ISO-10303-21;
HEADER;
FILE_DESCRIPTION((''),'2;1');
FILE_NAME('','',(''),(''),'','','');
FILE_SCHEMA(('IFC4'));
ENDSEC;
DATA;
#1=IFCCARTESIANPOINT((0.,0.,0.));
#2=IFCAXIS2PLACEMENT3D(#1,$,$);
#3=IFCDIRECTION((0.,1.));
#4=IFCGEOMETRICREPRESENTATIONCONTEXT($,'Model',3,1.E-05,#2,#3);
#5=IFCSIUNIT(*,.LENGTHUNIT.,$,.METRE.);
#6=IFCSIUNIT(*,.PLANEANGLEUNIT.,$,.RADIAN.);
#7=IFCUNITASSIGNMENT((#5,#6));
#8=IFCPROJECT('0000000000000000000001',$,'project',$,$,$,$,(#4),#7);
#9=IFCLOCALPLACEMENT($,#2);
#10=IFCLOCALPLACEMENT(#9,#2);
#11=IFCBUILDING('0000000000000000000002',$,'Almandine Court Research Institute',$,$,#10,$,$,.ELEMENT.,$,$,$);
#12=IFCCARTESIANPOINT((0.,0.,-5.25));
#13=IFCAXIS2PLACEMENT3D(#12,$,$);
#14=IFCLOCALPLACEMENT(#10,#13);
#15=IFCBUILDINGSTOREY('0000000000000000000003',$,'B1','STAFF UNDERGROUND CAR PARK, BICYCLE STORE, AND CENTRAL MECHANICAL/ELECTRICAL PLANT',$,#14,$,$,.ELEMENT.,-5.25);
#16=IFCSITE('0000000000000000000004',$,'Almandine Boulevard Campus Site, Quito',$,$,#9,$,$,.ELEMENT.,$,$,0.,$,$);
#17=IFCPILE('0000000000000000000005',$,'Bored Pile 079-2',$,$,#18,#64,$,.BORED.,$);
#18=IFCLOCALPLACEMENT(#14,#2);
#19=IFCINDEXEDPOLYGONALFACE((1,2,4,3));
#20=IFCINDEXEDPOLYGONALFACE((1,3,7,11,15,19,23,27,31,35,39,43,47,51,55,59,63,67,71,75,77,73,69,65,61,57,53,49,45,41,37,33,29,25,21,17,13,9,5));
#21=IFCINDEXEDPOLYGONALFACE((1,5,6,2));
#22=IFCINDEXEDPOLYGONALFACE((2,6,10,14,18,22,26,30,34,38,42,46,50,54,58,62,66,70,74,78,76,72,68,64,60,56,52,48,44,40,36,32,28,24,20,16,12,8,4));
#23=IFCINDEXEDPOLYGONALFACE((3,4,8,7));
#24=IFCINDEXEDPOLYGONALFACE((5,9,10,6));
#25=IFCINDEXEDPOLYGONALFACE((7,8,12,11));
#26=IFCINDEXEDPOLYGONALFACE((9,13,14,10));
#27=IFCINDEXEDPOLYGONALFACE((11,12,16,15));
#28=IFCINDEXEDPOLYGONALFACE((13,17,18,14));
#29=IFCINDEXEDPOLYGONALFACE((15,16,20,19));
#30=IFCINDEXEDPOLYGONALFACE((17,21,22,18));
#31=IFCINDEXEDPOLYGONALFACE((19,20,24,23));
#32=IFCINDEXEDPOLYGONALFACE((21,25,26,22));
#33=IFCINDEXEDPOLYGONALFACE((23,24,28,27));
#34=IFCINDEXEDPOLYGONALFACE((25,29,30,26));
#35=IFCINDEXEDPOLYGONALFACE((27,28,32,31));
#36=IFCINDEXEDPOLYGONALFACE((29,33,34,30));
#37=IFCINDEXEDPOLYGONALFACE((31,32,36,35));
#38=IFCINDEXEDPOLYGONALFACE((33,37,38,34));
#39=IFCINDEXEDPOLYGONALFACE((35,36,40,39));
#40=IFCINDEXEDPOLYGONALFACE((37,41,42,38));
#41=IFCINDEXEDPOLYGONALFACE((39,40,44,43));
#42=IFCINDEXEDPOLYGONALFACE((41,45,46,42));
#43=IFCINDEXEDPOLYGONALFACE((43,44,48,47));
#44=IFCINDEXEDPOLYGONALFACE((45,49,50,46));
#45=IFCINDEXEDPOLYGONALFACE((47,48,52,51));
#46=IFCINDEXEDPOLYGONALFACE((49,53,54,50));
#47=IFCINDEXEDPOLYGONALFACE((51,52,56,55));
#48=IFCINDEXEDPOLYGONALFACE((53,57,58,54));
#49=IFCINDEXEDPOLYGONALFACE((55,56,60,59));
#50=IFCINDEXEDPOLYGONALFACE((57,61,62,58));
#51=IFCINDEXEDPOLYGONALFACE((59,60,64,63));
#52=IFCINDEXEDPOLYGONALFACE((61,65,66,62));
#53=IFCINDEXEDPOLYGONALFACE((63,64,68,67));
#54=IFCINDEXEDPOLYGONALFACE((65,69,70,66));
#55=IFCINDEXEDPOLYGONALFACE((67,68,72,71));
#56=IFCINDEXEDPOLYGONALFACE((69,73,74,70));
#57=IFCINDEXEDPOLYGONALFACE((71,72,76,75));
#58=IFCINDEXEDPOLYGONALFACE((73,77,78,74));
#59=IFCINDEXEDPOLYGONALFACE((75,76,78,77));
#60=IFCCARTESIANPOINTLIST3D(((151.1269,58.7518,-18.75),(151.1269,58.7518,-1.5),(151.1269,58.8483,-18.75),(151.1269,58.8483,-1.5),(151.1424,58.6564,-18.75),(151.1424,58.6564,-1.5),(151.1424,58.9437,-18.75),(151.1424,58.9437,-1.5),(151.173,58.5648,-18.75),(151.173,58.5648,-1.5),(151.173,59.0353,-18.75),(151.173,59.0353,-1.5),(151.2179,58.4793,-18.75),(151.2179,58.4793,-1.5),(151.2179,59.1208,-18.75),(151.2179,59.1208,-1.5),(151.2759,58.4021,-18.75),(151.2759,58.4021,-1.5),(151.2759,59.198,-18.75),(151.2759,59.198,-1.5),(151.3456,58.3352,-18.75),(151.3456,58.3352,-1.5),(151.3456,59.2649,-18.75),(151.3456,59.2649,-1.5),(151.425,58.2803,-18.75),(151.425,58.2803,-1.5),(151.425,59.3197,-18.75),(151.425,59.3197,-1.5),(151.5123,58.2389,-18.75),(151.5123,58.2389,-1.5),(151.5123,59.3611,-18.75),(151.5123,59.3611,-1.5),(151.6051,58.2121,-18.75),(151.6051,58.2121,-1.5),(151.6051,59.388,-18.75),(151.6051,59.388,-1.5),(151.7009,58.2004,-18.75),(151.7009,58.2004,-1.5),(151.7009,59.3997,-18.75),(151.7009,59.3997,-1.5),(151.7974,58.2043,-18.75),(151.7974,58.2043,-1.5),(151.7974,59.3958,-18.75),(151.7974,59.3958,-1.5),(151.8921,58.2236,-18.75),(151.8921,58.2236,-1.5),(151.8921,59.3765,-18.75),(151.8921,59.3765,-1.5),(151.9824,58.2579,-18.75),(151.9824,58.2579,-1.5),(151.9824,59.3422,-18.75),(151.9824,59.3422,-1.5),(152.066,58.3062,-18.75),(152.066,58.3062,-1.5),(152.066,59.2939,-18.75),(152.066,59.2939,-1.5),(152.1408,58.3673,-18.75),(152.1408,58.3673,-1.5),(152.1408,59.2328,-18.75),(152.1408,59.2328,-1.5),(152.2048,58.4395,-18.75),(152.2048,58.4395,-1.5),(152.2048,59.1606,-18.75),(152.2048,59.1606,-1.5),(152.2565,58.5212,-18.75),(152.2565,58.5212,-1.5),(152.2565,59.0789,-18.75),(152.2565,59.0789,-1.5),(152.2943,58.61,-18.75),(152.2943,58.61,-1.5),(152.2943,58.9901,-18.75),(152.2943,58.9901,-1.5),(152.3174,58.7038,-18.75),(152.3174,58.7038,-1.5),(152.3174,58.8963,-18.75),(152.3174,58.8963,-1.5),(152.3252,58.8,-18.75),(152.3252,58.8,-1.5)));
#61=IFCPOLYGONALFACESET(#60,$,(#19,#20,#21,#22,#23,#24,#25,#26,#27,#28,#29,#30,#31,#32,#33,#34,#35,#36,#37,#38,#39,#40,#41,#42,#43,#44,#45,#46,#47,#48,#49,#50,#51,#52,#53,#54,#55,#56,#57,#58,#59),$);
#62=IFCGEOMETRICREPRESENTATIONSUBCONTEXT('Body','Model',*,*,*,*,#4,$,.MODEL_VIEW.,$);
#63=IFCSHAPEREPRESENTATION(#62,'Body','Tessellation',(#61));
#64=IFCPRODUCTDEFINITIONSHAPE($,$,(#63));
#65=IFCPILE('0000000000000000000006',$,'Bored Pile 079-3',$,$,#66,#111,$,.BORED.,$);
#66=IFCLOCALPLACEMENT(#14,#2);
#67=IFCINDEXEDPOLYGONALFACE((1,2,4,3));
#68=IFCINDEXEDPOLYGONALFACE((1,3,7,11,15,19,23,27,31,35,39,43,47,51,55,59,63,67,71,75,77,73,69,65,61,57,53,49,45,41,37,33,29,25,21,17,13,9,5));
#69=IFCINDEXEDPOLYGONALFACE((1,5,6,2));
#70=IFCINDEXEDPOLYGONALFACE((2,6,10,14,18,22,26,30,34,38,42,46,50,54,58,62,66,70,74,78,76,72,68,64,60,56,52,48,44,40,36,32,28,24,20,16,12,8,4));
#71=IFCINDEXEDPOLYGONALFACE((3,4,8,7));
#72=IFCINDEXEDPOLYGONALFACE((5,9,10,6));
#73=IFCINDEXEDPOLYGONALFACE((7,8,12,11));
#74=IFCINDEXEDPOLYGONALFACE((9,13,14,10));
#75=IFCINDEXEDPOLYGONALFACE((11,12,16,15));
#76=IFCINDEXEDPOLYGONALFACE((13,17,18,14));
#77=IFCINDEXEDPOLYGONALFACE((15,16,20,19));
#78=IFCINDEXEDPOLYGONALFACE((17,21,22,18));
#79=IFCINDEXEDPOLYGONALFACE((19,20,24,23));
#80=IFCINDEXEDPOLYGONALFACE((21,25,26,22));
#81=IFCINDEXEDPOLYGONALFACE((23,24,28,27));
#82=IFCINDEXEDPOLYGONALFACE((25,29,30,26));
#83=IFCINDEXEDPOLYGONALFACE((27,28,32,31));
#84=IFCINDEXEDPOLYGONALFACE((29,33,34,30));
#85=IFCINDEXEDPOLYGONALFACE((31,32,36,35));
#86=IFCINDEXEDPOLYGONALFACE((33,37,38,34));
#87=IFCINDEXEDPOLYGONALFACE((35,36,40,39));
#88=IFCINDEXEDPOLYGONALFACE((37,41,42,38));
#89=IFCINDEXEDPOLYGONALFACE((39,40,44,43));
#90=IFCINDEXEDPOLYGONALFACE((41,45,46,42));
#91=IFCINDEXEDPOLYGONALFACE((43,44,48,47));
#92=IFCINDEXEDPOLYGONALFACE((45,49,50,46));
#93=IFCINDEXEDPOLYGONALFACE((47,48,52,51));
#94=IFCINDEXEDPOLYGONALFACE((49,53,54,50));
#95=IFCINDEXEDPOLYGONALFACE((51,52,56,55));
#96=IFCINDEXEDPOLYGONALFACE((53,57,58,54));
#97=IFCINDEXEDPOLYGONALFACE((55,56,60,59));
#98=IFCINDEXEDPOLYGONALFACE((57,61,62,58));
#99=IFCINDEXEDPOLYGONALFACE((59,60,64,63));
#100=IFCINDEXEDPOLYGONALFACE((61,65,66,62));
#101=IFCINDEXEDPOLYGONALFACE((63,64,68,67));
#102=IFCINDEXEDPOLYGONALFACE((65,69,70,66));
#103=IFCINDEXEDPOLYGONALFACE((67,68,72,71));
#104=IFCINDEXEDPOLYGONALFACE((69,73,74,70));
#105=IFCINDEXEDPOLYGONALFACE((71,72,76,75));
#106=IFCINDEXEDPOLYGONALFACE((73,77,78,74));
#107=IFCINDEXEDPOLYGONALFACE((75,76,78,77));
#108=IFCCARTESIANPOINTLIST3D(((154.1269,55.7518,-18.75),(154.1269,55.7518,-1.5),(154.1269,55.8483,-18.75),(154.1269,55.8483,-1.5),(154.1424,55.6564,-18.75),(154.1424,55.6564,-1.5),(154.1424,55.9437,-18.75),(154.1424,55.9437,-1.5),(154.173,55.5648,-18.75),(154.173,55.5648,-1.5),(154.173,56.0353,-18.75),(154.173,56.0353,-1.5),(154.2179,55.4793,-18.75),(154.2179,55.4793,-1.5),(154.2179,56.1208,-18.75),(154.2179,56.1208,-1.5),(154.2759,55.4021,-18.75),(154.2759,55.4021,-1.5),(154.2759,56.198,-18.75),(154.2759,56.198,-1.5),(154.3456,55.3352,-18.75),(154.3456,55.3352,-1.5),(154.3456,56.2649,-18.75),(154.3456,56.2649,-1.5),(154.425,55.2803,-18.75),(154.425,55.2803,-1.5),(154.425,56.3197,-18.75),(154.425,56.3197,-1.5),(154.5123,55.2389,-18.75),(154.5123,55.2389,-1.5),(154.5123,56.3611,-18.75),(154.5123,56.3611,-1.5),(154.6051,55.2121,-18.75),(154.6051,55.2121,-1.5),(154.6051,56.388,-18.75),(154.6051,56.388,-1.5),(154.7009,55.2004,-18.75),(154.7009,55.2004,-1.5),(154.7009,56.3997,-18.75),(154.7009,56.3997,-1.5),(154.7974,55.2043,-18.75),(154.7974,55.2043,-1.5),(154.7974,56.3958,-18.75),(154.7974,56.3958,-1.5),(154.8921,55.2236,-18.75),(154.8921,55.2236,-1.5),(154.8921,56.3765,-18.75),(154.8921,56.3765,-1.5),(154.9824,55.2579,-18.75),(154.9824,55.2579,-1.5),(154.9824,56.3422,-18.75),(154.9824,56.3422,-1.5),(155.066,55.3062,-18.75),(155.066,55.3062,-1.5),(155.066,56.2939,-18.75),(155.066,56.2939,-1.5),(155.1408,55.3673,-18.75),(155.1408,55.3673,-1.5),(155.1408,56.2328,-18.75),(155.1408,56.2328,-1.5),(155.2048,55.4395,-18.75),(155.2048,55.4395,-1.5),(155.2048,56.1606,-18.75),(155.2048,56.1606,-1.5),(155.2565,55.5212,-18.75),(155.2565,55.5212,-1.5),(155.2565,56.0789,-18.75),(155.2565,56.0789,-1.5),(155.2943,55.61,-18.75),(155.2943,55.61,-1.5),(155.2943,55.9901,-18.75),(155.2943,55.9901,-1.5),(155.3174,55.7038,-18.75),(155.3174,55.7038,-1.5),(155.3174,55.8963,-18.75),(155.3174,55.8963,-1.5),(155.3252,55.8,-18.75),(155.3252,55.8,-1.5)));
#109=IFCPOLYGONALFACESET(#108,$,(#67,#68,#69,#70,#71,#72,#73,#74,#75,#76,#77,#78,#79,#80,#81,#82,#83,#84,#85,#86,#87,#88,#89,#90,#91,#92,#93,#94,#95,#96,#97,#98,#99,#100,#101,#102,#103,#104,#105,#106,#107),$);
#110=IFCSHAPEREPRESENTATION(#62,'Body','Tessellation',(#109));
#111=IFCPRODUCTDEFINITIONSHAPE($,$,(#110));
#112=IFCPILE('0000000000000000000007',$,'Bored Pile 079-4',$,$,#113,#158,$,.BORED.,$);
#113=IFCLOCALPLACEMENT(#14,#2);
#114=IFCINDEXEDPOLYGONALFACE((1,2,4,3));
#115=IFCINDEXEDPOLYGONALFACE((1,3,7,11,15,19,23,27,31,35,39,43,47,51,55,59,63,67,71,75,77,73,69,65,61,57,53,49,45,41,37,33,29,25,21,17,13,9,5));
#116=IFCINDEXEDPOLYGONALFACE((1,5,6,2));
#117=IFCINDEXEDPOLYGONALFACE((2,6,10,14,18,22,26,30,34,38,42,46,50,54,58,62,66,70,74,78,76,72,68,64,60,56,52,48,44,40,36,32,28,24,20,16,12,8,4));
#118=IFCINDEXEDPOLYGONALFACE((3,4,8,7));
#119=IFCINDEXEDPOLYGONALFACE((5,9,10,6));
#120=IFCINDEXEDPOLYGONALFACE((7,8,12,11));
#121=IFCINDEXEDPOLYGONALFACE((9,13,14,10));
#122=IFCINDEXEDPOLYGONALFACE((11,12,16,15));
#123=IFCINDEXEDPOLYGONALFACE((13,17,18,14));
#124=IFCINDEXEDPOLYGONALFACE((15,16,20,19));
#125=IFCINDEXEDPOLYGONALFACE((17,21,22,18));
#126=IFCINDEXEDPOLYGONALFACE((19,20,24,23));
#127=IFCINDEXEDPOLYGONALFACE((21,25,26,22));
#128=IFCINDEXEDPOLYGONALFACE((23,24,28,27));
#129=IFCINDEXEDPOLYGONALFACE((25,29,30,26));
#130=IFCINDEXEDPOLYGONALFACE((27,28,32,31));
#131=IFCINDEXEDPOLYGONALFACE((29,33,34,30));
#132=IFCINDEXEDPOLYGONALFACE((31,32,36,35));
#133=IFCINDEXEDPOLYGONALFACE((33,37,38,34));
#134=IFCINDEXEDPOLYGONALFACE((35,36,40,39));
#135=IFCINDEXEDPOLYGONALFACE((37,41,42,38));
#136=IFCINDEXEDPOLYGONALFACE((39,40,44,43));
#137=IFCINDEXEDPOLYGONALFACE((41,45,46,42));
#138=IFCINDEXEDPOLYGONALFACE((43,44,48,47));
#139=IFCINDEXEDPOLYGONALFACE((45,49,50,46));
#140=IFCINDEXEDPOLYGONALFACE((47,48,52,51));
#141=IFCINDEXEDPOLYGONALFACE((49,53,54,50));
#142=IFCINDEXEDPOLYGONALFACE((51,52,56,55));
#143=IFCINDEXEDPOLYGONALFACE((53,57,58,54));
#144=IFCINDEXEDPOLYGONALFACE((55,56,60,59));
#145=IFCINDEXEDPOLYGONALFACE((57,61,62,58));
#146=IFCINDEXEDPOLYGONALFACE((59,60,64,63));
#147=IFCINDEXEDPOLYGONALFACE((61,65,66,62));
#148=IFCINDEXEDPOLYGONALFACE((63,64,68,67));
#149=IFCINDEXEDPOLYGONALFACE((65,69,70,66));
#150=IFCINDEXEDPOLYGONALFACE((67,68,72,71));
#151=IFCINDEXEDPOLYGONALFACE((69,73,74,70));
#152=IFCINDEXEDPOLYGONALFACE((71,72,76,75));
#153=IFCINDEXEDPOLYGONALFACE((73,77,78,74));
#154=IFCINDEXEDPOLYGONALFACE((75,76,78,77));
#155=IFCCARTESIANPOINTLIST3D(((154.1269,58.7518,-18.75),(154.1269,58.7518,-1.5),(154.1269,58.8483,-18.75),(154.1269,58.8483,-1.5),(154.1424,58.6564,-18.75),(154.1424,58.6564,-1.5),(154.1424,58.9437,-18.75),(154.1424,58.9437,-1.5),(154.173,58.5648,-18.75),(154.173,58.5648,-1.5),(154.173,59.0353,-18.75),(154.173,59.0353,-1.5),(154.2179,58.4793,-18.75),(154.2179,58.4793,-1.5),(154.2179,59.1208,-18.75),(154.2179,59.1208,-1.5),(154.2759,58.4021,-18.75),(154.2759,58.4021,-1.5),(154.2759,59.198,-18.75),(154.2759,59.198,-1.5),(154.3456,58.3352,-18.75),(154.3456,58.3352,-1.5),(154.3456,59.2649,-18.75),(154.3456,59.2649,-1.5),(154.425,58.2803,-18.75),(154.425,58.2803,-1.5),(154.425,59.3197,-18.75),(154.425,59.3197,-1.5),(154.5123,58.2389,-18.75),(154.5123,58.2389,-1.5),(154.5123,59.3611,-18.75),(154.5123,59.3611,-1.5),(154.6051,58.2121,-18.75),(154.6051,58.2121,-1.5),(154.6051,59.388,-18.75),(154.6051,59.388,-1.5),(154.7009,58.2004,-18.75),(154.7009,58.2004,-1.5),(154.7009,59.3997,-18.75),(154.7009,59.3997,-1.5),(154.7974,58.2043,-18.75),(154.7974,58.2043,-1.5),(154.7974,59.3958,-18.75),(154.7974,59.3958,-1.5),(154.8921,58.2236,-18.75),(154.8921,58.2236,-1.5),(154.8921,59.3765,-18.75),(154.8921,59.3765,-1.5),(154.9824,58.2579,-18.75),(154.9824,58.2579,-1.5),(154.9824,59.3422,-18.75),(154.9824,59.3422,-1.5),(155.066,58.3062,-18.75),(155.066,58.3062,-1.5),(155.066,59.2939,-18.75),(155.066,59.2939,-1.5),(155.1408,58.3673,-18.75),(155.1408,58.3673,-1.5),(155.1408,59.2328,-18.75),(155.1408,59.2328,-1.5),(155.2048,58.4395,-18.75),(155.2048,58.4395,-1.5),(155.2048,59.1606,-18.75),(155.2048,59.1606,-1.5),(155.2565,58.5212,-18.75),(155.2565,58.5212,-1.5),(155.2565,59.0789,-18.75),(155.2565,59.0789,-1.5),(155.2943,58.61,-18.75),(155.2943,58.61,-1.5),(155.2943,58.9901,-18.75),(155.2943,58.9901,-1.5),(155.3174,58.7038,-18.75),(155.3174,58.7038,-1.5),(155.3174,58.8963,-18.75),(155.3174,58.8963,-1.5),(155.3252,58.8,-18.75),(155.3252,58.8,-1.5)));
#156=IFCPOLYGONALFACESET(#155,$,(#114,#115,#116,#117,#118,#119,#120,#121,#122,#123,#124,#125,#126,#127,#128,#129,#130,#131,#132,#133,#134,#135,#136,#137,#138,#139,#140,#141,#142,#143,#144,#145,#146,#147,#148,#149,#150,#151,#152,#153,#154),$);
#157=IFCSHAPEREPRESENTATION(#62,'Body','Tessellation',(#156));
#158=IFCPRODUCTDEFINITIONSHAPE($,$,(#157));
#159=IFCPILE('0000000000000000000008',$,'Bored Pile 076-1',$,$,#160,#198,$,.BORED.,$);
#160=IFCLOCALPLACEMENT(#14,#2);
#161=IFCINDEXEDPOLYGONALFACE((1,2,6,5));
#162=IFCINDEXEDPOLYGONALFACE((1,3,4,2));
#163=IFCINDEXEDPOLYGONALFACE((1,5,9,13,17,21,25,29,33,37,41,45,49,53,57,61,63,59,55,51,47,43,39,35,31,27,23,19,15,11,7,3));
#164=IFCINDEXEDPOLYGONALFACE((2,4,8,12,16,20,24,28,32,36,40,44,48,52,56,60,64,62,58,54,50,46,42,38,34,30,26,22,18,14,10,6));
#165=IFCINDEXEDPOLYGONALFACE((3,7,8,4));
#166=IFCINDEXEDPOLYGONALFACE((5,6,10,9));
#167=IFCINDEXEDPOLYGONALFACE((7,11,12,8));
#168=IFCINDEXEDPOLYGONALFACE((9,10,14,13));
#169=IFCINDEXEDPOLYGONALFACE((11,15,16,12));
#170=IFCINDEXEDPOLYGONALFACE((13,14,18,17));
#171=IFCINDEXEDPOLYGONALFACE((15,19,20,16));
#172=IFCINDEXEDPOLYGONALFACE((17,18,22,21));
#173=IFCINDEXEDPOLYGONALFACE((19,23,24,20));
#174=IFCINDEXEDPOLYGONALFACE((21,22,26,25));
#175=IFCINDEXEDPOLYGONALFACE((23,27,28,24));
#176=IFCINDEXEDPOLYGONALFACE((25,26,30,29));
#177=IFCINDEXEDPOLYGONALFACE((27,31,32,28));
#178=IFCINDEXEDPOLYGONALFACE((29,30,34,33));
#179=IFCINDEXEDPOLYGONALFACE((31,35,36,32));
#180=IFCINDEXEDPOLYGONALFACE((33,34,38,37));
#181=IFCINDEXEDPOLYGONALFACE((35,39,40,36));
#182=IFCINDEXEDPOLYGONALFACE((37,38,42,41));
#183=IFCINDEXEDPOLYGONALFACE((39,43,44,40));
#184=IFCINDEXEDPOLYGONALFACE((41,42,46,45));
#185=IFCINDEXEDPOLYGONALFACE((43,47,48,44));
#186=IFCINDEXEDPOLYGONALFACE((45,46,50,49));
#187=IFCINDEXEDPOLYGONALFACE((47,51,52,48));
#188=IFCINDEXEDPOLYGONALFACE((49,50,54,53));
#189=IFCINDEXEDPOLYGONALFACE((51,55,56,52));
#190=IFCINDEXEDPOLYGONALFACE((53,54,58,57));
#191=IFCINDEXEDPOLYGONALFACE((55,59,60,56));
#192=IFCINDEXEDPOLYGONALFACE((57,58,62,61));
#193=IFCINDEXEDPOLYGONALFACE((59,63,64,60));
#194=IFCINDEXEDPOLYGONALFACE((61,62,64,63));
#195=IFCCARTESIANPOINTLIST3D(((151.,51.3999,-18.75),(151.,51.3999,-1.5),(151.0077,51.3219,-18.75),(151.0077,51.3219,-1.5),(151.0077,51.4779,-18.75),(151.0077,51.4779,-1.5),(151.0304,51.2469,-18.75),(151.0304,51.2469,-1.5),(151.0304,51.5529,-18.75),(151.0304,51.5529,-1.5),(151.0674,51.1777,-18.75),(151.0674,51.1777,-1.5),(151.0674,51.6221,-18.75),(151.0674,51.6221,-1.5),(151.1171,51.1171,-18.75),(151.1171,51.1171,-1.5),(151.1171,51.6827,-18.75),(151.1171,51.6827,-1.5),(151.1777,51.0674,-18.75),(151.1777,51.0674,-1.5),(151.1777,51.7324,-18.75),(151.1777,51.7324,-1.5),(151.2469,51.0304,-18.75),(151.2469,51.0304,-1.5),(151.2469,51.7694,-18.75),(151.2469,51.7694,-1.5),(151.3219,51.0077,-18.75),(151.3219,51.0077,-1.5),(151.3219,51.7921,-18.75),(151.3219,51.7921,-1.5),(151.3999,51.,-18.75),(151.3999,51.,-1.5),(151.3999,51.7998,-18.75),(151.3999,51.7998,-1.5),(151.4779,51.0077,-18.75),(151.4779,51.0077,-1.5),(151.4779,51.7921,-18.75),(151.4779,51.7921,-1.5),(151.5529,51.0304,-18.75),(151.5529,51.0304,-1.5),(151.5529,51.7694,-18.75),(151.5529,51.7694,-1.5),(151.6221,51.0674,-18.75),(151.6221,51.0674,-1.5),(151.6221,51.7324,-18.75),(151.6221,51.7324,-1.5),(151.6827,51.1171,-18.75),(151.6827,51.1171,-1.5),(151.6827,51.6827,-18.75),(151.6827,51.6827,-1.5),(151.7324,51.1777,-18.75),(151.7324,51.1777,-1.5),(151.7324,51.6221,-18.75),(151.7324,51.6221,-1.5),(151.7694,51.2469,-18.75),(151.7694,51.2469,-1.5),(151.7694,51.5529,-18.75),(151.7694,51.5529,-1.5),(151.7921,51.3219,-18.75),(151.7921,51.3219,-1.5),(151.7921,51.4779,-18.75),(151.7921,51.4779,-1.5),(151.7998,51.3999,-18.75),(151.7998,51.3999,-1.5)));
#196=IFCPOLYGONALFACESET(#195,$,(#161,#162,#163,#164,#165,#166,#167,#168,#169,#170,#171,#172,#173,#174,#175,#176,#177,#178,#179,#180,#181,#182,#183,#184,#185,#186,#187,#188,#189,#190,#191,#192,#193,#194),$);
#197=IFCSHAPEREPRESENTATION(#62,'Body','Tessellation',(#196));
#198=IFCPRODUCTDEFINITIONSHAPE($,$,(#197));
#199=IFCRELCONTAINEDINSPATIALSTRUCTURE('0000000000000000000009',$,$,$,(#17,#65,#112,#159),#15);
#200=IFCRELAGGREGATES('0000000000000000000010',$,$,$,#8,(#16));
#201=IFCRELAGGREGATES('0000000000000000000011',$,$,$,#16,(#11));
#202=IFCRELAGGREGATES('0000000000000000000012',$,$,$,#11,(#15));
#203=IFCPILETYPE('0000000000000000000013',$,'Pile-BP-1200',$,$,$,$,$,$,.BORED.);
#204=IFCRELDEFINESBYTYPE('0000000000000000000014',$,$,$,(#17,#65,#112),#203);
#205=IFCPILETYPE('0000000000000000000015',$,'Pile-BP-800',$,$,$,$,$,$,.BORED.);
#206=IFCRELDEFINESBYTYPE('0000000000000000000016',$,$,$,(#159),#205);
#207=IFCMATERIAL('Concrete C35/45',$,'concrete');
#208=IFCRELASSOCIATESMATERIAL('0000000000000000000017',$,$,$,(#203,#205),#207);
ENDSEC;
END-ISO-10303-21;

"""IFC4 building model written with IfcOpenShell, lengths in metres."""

from ifc_helpers import new_model, si_unit, direction, frame, origin, origin_2d, place, context, subcontext, project, spatial, circle, extrude, material, material_profile, profile_set, type_object, element, save


model = new_model("IFC4")

# Units and contexts
model_context = context("Model", 3, precision=1e-05, world=origin(), true_north=direction((0.0, 1.0)))
body_context = subcontext(model_context, "Body", "Model", "MODEL_VIEW")
ifc_project = project(units=[si_unit("LENGTHUNIT", "METRE"), si_unit("PLANEANGLEUNIT", "RADIAN")], contexts=[model_context])

# Site, building, storey
site_placement = place(None, origin())
site = spatial("IfcSite", under=ifc_project, at=site_placement, Name="Almandine Boulevard Campus Site, Quito", CompositionType="ELEMENT", RefElevation=0.0)
building_placement = place(site_placement, origin())
building = spatial("IfcBuilding", under=site, at=building_placement, Name="Almandine Court Research Institute", CompositionType="ELEMENT")
storey_placement = place(building_placement, frame((0.0, 0.0, -5.25)))
storey = spatial("IfcBuildingStorey", under=building, at=storey_placement, Name="B1", Description="STAFF UNDERGROUND CAR PARK, BICYCLE STORE, AND CENTRAL MECHANICAL/ELECTRICAL PLANT", CompositionType="ELEMENT", Elevation=-5.25)

# Shared definitions
ifc_material_1 = material(Name="Concrete C35/45", Category="concrete")

# Piles
ifc_material_profile_1 = material_profile(ifc_material_1, circle(Radius=0.6001, at=origin_2d()), Name="BORED PILE D1200")
ifc_profile_set_1 = profile_set([ifc_material_profile_1], Name="Concrete C35/45")
pile_type_1 = type_object("IfcPileType", Name="Pile-BP-1200", PredefinedType="BORED", material=ifc_profile_set_1)
for number, where, z_axis, x_axis, name in (
    (1, (151.7251, 58.8, -1.5), (0.0, 0.0, -1.0), (1.0, 0.0, 0.0), "Bored Pile 079-2"),
    (2, (154.7251, 55.8, -1.5), (0.0, 0.0, -1.0), (1.0, 0.0, 0.0), "Bored Pile 079-3"),
    (3, (154.7251, 58.8, -1.5), (0.0, 0.0, -1.0), (1.0, 0.0, 0.0), "Bored Pile 079-4"),
):
    element("IfcPile", number, at=place(storey_placement, frame(where, z_axis=z_axis, x_axis=x_axis)), inside=storey, type_object=pile_type_1, Name=name, PredefinedType="BORED", context=body_context, shape_type="SweptSolid", body=[
        extrude(circle(Radius=0.6001, at=origin_2d()), origin(), (0.0, 0.0, 1.0), 17.25),
    ])
ifc_material_profile_2 = material_profile(ifc_material_1, circle(Radius=0.3999, at=origin_2d()), Name="BORED PILE D800")
ifc_profile_set_2 = profile_set([ifc_material_profile_2], Name="Concrete C35/45")
pile_type_2 = type_object("IfcPileType", Name="Pile-BP-800", PredefinedType="BORED", material=ifc_profile_set_2)
for number, where, z_axis, x_axis, name in (
    (4, (151.3999, 51.3999, -1.5), (0.0, 0.0, -1.0), (1.0, 0.0, 0.0), "Bored Pile 076-1"),
):
    element("IfcPile", number, at=place(storey_placement, frame(where, z_axis=z_axis, x_axis=x_axis)), inside=storey, type_object=pile_type_2, Name=name, PredefinedType="BORED", context=body_context, shape_type="SweptSolid", body=[
        extrude(circle(Radius=0.3999, at=origin_2d()), origin(), (0.0, 0.0, 1.0), 17.25),
    ])

save(model, "model.ifc")
